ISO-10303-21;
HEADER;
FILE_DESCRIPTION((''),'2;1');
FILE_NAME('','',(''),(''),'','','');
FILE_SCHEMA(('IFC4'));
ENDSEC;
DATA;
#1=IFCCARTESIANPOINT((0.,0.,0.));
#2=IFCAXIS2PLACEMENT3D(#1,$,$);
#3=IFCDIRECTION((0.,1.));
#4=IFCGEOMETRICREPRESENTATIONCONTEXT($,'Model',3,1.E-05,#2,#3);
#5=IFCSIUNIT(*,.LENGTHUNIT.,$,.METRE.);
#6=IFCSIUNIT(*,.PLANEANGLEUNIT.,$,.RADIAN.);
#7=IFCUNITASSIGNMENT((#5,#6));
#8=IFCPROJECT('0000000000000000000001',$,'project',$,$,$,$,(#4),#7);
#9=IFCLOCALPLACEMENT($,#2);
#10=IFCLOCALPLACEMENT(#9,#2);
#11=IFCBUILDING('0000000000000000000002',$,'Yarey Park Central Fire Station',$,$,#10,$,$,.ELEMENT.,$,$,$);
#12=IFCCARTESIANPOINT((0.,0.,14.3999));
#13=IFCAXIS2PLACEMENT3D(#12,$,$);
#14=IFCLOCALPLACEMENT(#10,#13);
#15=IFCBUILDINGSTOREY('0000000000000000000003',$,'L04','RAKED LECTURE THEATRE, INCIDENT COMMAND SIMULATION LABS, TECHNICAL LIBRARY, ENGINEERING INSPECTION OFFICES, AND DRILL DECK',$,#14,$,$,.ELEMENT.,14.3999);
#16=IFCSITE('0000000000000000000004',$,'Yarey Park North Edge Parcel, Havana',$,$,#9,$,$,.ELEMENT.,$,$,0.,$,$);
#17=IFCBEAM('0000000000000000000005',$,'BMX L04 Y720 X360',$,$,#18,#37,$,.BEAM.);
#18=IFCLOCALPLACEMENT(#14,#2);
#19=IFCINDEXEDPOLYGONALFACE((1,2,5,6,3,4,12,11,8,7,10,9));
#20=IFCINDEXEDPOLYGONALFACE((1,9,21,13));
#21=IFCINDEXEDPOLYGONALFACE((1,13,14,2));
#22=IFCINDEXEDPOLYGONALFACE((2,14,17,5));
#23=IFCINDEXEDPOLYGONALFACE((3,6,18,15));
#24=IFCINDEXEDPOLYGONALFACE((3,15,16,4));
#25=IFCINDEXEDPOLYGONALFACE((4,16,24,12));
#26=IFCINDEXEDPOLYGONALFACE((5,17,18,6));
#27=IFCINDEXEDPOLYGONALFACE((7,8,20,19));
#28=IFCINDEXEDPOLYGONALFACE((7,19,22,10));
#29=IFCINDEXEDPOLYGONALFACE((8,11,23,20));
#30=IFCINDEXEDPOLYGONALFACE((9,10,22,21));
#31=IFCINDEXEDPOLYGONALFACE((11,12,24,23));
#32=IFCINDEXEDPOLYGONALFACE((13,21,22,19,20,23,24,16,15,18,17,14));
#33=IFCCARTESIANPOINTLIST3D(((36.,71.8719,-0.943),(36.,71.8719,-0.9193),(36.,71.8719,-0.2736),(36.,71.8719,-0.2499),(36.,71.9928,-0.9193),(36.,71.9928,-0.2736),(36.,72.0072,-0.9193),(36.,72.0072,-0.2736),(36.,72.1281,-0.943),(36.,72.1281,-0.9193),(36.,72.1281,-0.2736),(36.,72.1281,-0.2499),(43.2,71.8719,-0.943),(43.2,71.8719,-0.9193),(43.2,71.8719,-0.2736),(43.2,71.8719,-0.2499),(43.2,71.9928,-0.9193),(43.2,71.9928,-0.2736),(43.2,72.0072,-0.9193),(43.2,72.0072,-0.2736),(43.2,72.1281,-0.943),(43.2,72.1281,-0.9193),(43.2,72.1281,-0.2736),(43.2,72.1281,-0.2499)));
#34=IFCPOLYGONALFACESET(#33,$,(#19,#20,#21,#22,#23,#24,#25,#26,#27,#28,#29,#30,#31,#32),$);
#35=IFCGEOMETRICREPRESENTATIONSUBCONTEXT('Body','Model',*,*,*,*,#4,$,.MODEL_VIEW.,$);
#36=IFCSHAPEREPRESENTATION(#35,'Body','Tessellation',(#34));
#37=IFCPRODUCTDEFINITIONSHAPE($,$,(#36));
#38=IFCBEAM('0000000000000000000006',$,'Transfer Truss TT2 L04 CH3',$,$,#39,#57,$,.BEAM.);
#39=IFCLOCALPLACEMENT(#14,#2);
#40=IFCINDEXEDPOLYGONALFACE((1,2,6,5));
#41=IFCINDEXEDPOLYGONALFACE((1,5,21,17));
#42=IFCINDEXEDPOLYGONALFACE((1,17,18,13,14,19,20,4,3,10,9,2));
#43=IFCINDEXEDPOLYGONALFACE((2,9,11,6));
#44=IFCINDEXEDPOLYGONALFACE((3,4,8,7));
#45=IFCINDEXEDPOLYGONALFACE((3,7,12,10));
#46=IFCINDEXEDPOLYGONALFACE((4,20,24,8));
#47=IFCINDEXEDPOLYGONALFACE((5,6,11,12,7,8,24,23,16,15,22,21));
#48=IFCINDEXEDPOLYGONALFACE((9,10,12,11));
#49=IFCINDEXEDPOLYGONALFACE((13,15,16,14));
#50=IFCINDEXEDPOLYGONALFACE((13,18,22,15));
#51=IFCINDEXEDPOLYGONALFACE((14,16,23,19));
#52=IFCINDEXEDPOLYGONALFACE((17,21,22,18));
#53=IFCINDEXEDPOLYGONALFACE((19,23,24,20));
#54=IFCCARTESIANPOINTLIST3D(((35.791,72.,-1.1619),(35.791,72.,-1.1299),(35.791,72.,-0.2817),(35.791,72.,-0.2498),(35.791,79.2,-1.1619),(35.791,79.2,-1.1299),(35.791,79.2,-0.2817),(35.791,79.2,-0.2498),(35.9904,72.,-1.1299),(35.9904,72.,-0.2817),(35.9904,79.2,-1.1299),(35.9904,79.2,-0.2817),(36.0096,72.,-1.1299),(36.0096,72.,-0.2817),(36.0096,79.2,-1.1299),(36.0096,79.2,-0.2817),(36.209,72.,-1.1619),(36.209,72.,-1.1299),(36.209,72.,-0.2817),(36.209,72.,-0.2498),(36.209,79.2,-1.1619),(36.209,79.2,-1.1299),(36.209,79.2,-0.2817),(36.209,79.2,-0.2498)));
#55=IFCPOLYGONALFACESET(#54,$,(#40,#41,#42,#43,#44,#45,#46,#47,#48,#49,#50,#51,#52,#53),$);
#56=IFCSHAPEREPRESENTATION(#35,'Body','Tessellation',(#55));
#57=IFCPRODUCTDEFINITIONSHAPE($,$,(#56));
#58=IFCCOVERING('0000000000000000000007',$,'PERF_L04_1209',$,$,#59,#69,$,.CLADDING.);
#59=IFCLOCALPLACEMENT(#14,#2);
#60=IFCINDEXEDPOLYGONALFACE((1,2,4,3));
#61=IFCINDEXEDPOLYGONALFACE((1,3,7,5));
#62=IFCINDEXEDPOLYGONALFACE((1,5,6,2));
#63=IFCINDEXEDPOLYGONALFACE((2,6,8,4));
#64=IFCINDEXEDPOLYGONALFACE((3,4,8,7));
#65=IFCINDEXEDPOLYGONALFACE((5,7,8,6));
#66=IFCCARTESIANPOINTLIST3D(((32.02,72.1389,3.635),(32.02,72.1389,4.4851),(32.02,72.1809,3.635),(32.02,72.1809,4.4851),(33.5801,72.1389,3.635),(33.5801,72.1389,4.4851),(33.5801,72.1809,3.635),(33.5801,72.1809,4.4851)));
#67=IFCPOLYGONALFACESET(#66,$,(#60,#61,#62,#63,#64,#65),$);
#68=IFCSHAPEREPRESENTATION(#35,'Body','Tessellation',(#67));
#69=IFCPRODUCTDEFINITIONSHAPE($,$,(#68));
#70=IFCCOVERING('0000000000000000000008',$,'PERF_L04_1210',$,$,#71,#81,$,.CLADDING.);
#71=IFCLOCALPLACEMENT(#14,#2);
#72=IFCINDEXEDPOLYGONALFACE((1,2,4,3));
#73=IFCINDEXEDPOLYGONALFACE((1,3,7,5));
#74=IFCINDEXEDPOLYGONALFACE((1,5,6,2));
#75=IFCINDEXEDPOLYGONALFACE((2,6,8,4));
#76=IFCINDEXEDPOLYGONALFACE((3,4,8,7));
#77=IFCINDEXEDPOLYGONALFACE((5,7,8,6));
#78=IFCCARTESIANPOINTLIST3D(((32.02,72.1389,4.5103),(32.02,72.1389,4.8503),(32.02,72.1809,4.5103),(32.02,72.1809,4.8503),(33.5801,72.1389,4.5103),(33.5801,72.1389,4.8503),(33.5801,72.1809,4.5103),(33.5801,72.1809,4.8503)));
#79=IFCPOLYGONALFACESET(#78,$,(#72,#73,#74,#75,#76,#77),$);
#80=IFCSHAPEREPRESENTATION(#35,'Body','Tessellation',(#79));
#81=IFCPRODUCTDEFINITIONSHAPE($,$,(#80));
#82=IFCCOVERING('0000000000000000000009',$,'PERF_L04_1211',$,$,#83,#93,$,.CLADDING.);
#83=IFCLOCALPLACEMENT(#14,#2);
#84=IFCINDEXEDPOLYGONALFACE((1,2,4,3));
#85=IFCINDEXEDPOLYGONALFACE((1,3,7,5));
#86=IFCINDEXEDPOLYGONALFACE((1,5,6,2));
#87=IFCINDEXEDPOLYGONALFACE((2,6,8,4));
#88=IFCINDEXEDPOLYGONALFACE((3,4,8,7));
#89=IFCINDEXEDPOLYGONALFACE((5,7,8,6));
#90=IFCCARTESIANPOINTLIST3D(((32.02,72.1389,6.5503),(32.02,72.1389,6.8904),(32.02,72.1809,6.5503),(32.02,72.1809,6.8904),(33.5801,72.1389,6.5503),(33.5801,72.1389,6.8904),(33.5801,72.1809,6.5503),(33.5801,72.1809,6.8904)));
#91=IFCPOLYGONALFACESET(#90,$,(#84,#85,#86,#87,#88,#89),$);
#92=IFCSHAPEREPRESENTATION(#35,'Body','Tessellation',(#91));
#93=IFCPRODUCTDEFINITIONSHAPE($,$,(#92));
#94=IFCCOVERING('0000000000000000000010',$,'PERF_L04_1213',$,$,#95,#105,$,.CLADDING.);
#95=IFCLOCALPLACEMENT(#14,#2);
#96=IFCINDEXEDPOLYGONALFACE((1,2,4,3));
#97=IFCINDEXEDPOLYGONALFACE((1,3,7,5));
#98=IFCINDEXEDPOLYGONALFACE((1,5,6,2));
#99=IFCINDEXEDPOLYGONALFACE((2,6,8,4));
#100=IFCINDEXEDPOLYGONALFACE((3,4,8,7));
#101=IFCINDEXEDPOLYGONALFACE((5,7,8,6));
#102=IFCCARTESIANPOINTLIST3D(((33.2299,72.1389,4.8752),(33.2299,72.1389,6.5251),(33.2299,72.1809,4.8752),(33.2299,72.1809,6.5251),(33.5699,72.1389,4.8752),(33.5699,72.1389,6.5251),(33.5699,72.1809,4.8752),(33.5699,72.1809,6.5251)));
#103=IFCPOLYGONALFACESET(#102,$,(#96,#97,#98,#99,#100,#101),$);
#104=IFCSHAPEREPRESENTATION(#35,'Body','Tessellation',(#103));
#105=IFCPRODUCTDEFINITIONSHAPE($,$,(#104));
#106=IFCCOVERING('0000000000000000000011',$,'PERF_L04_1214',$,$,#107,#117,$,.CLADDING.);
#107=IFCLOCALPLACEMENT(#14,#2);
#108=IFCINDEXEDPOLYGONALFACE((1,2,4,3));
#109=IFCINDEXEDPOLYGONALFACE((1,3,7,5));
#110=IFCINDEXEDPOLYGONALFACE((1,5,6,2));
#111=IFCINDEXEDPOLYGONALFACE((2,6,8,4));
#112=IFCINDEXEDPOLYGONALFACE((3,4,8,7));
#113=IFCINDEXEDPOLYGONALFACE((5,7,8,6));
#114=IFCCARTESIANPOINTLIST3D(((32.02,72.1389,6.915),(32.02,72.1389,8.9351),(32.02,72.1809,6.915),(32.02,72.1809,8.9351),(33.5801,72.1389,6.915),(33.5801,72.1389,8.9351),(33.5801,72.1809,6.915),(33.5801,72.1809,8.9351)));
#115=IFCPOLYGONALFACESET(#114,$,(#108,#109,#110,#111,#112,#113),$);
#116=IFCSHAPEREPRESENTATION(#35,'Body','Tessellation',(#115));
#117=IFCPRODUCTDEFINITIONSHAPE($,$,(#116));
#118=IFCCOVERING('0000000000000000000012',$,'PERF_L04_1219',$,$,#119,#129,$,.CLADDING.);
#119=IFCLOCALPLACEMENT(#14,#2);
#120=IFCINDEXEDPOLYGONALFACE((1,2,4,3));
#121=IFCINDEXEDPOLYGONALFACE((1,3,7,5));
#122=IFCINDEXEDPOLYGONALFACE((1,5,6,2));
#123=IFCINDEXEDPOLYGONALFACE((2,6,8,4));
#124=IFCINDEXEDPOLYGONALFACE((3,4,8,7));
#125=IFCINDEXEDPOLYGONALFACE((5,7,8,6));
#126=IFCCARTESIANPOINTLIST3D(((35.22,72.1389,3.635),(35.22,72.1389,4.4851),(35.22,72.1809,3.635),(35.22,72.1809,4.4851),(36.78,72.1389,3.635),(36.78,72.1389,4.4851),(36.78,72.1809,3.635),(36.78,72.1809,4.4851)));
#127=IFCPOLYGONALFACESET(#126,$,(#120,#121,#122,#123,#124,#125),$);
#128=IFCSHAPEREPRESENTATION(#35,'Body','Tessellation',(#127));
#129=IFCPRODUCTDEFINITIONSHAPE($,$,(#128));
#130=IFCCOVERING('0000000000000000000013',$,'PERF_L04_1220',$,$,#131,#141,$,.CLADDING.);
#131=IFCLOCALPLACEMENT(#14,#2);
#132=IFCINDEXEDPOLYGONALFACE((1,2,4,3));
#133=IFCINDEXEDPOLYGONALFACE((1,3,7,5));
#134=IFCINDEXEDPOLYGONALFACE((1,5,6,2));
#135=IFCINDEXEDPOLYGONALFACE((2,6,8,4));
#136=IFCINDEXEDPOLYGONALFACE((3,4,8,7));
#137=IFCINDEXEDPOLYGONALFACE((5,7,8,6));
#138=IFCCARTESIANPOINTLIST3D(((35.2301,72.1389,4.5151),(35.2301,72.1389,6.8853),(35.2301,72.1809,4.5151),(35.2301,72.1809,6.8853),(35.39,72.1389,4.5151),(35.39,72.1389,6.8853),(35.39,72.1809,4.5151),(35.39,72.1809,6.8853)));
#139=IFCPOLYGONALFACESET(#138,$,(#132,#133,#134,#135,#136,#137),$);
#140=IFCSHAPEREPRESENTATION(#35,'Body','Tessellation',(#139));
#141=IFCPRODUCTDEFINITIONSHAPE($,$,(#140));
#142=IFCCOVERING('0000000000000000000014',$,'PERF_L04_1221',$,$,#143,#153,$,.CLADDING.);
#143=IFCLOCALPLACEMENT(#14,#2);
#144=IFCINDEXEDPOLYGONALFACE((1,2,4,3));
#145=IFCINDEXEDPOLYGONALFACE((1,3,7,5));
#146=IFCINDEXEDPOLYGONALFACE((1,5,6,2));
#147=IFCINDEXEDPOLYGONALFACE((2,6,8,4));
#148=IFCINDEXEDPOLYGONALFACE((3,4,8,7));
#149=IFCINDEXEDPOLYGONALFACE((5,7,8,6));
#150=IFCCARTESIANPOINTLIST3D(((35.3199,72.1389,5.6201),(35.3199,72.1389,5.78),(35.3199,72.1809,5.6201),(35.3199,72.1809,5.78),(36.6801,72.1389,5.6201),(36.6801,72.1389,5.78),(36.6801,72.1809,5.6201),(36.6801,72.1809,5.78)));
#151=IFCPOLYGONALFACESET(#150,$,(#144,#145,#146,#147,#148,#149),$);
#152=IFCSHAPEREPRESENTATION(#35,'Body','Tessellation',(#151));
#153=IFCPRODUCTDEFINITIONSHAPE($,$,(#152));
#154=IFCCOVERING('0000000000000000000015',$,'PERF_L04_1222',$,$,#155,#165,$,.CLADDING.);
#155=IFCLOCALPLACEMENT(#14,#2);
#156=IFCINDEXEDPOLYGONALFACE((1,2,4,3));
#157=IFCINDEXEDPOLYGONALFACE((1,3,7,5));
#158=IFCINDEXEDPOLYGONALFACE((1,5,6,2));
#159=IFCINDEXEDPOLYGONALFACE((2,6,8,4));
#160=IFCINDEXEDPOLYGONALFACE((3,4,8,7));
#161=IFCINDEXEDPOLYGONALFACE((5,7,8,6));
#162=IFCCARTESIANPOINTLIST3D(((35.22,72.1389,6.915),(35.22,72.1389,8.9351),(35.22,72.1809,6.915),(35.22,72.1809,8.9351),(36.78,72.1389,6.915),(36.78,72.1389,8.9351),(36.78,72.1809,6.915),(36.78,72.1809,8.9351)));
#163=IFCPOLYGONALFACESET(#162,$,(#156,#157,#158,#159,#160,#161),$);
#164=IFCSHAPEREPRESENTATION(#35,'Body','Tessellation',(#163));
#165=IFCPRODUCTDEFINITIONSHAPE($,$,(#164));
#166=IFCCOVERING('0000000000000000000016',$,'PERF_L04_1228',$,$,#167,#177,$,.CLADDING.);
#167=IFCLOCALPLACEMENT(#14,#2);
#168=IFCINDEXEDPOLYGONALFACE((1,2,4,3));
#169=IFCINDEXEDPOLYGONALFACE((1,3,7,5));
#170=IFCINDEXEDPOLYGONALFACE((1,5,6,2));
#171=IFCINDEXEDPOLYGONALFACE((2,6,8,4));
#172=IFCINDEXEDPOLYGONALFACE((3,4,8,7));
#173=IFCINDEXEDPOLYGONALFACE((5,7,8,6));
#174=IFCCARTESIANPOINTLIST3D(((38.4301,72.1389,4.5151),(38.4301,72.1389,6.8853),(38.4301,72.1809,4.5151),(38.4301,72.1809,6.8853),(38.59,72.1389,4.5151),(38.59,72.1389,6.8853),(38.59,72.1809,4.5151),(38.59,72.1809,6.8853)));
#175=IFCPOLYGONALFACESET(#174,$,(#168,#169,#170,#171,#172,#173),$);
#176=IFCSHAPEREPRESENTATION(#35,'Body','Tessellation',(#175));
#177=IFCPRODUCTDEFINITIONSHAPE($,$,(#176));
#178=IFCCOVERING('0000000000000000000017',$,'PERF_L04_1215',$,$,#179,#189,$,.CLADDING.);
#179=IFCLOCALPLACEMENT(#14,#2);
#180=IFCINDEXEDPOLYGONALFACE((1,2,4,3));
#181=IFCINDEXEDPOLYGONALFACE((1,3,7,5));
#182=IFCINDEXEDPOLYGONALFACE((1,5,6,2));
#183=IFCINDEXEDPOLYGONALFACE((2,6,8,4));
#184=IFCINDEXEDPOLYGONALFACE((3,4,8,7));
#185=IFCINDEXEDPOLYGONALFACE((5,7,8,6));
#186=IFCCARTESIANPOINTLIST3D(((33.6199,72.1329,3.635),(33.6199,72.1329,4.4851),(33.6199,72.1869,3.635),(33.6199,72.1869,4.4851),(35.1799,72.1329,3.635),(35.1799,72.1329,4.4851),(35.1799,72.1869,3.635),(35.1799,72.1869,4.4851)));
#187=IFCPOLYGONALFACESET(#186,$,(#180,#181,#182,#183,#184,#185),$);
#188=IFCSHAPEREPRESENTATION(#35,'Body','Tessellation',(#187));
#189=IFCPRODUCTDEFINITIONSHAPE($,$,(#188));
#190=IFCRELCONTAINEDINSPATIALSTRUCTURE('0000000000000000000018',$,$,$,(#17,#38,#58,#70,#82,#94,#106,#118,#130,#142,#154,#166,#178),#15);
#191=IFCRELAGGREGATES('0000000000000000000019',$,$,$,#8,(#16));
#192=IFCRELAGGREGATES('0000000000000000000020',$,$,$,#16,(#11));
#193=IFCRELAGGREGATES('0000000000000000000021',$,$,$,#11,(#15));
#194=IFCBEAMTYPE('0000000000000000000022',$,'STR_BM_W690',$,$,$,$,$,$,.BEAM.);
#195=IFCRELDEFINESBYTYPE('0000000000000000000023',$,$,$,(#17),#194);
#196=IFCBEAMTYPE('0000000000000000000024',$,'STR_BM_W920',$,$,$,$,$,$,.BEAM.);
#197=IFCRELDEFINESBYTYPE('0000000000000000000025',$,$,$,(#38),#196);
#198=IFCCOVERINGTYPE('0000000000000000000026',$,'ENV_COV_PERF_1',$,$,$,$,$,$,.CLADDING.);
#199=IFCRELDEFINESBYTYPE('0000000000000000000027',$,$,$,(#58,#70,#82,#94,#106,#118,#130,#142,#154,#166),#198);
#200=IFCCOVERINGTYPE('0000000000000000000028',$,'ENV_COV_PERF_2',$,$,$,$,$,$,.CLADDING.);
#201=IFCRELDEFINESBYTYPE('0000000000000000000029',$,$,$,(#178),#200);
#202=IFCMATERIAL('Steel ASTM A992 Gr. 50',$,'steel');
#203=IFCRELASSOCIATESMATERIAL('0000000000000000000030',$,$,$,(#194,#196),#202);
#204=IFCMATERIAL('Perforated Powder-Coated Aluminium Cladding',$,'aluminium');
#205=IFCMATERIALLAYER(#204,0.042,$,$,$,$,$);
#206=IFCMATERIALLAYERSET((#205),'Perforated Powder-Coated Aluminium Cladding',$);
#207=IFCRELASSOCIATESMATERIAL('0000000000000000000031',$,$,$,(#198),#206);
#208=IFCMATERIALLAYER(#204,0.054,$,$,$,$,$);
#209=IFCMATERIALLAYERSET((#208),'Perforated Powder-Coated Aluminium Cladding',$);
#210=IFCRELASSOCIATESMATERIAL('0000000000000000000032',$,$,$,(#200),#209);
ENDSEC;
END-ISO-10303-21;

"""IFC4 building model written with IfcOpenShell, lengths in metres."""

from ifc_helpers import new_model, si_unit, direction, frame, origin, origin_2d, place, context, subcontext, project, spatial, rectangle, i_section, extrude, material, layer, layer_set, material_profile, profile_set, type_object, element, save


model = new_model("IFC4")

# Units and contexts
model_context = context("Model", 3, precision=1e-05, world=origin(), true_north=direction((0.0, 1.0)))
body_context = subcontext(model_context, "Body", "Model", "MODEL_VIEW")
ifc_project = project(units=[si_unit("LENGTHUNIT", "METRE"), si_unit("PLANEANGLEUNIT", "RADIAN")], contexts=[model_context])

# Site, building, storey
site_placement = place(None, origin())
site = spatial("IfcSite", under=ifc_project, at=site_placement, Name="Yarey Park North Edge Parcel, Havana", CompositionType="ELEMENT", RefElevation=0.0)
building_placement = place(site_placement, origin())
building = spatial("IfcBuilding", under=site, at=building_placement, Name="Yarey Park Central Fire Station", CompositionType="ELEMENT")
storey_placement = place(building_placement, frame((0.0, 0.0, 14.3999)))
storey = spatial("IfcBuildingStorey", under=building, at=storey_placement, Name="L04", Description="RAKED LECTURE THEATRE, INCIDENT COMMAND SIMULATION LABS, TECHNICAL LIBRARY, ENGINEERING INSPECTION OFFICES, AND DRILL DECK", CompositionType="ELEMENT", Elevation=14.3999)

# Beams
ifc_material_1 = material(Name="Steel ASTM A992 Gr. 50", Category="steel")
ifc_material_profile_1 = material_profile(ifc_material_1, i_section(OverallWidth=0.2561, OverallDepth=0.6931, WebThickness=0.0144, FlangeThickness=0.0237, at=origin_2d()), Name="W690x170")
ifc_profile_set_1 = profile_set([ifc_material_profile_1], Name="Steel ASTM A992 Gr. 50")
beam_type_1 = type_object("IfcBeamType", Name="STR_BM_W690", PredefinedType="BEAM", material=ifc_profile_set_1)
beam_1_placement = place(storey_placement, frame((36.0, 72.0, -0.5964), z_axis=(1.0, 0.0, 0.0), x_axis=(0.0, 1.0, 0.0)))
element("IfcBeam", 1, at=beam_1_placement, inside=storey, type_object=beam_type_1, Name="BMX L04 Y720 X360", PredefinedType="BEAM", context=body_context, shape_type="SweptSolid", body=[
    extrude(i_section(OverallWidth=0.2561, OverallDepth=0.6931, WebThickness=0.0144, FlangeThickness=0.0237, at=origin_2d()), origin(), (0.0, 0.0, 1.0), 7.2),
])
ifc_material_profile_2 = material_profile(ifc_material_1, i_section(OverallWidth=0.418, OverallDepth=0.9121, WebThickness=0.0193, FlangeThickness=0.032, at=origin_2d()), Name="W920x342")
ifc_profile_set_2 = profile_set([ifc_material_profile_2], Name="Steel ASTM A992 Gr. 50")
beam_type_2 = type_object("IfcBeamType", Name="STR_BM_W920", PredefinedType="BEAM", material=ifc_profile_set_2)
beam_2_placement = place(storey_placement, frame((36.0, 72.0, -0.7058), z_axis=(0.0, 1.0, 0.0), x_axis=(-1.0, 0.0, 0.0)))
element("IfcBeam", 2, at=beam_2_placement, inside=storey, type_object=beam_type_2, Name="Transfer Truss TT2 L04 CH3", PredefinedType="BEAM", context=body_context, shape_type="SweptSolid", body=[
    extrude(i_section(OverallWidth=0.418, OverallDepth=0.9121, WebThickness=0.0193, FlangeThickness=0.032, at=origin_2d()), origin(), (0.0, 0.0, 1.0), 7.2),
])

# Coverings
ifc_material_2 = material(Name="Perforated Powder-Coated Aluminium Cladding", Category="aluminium")
ifc_layer_1 = layer(ifc_material_2, 0.042)
ifc_layer_set_1 = layer_set([ifc_layer_1], Name="Perforated Powder-Coated Aluminium Cladding")
covering_type_1 = type_object("IfcCoveringType", Name="ENV_COV_PERF_1", PredefinedType="CLADDING", material=ifc_layer_set_1)
covering_1_placement = place(storey_placement, frame((32.8, 72.1599, 3.635), z_axis=(0.0, 0.0, 1.0), x_axis=(1.0, 0.0, 0.0)))
element("IfcCovering", 3, at=covering_1_placement, inside=storey, type_object=covering_type_1, Name="PERF_L04_1209", PredefinedType="CLADDING", context=body_context, shape_type="SweptSolid", body=[
    extrude(rectangle(XDim=1.5601, YDim=0.042, at=origin_2d()), origin(), (0.0, 0.0, 1.0), 0.8501),
])
for number, where, z_axis, x_axis, name in (
    (4, (32.8, 72.1599, 4.5103), (0.0, 0.0, 1.0), (1.0, 0.0, 0.0), "PERF_L04_1210"),
    (5, (32.8, 72.1599, 6.5503), (0.0, 0.0, 1.0), (1.0, 0.0, 0.0), "PERF_L04_1211"),
):
    element("IfcCovering", number, at=place(storey_placement, frame(where, z_axis=z_axis, x_axis=x_axis)), inside=storey, type_object=covering_type_1, Name=name, PredefinedType="CLADDING", context=body_context, shape_type="SweptSolid", body=[
        extrude(rectangle(XDim=1.5601, YDim=0.042, at=origin_2d()), origin(), (0.0, 0.0, 1.0), 0.3401),
    ])
covering_2_placement = place(storey_placement, frame((33.3999, 72.1599, 4.8752), z_axis=(0.0, 0.0, 1.0), x_axis=(1.0, 0.0, 0.0)))
element("IfcCovering", 6, at=covering_2_placement, inside=storey, type_object=covering_type_1, Name="PERF_L04_1213", PredefinedType="CLADDING", context=body_context, shape_type="SweptSolid", body=[
    extrude(rectangle(XDim=0.3401, YDim=0.042, at=origin_2d()), origin(), (0.0, 0.0, 1.0), 1.6499),
])
covering_3_placement = place(storey_placement, frame((32.8, 72.1599, 6.915), z_axis=(0.0, 0.0, 1.0), x_axis=(1.0, 0.0, 0.0)))
element("IfcCovering", 7, at=covering_3_placement, inside=storey, type_object=covering_type_1, Name="PERF_L04_1214", PredefinedType="CLADDING", context=body_context, shape_type="SweptSolid", body=[
    extrude(rectangle(XDim=1.5601, YDim=0.042, at=origin_2d()), origin(), (0.0, 0.0, 1.0), 2.02),
])
covering_4_placement = place(storey_placement, frame((36.0, 72.1599, 3.635), z_axis=(0.0, 0.0, 1.0), x_axis=(1.0, 0.0, 0.0)))
element("IfcCovering", 8, at=covering_4_placement, inside=storey, type_object=covering_type_1, Name="PERF_L04_1219", PredefinedType="CLADDING", context=body_context, shape_type="SweptSolid", body=[
    extrude(rectangle(XDim=1.5601, YDim=0.042, at=origin_2d()), origin(), (0.0, 0.0, 1.0), 0.8501),
])
covering_5_placement = place(storey_placement, frame((35.3101, 72.1599, 4.5151), z_axis=(0.0, 0.0, 1.0), x_axis=(1.0, 0.0, 0.0)))
element("IfcCovering", 9, at=covering_5_placement, inside=storey, type_object=covering_type_1, Name="PERF_L04_1220", PredefinedType="CLADDING", context=body_context, shape_type="SweptSolid", body=[
    extrude(rectangle(XDim=0.1599, YDim=0.042, at=origin_2d()), origin(), (0.0, 0.0, 1.0), 2.3701),
])
covering_6_placement = place(storey_placement, frame((36.0, 72.1599, 5.6201), z_axis=(0.0, 0.0, 1.0), x_axis=(1.0, 0.0, 0.0)))
element("IfcCovering", 10, at=covering_6_placement, inside=storey, type_object=covering_type_1, Name="PERF_L04_1221", PredefinedType="CLADDING", context=body_context, shape_type="SweptSolid", body=[
    extrude(rectangle(XDim=1.3601, YDim=0.042, at=origin_2d()), origin(), (0.0, 0.0, 1.0), 0.1599),
])
covering_7_placement = place(storey_placement, frame((36.0, 72.1599, 6.915), z_axis=(0.0, 0.0, 1.0), x_axis=(1.0, 0.0, 0.0)))
element("IfcCovering", 11, at=covering_7_placement, inside=storey, type_object=covering_type_1, Name="PERF_L04_1222", PredefinedType="CLADDING", context=body_context, shape_type="SweptSolid", body=[
    extrude(rectangle(XDim=1.5601, YDim=0.042, at=origin_2d()), origin(), (0.0, 0.0, 1.0), 2.02),
])
covering_8_placement = place(storey_placement, frame((38.51, 72.1599, 4.5151), z_axis=(0.0, 0.0, 1.0), x_axis=(1.0, 0.0, 0.0)))
element("IfcCovering", 12, at=covering_8_placement, inside=storey, type_object=covering_type_1, Name="PERF_L04_1228", PredefinedType="CLADDING", context=body_context, shape_type="SweptSolid", body=[
    extrude(rectangle(XDim=0.1599, YDim=0.042, at=origin_2d()), origin(), (0.0, 0.0, 1.0), 2.3701),
])
ifc_layer_2 = layer(ifc_material_2, 0.054)
ifc_layer_set_2 = layer_set([ifc_layer_2], Name="Perforated Powder-Coated Aluminium Cladding")
covering_type_2 = type_object("IfcCoveringType", Name="ENV_COV_PERF_2", PredefinedType="CLADDING", material=ifc_layer_set_2)
covering_9_placement = place(storey_placement, frame((34.3999, 72.1599, 3.635), z_axis=(0.0, 0.0, 1.0), x_axis=(1.0, 0.0, 0.0)))
element("IfcCovering", 13, at=covering_9_placement, inside=storey, type_object=covering_type_2, Name="PERF_L04_1215", PredefinedType="CLADDING", context=body_context, shape_type="SweptSolid", body=[
    extrude(rectangle(XDim=1.5601, YDim=0.054, at=origin_2d()), origin(), (0.0, 0.0, 1.0), 0.8501),
])

save(model, "model.ifc")
